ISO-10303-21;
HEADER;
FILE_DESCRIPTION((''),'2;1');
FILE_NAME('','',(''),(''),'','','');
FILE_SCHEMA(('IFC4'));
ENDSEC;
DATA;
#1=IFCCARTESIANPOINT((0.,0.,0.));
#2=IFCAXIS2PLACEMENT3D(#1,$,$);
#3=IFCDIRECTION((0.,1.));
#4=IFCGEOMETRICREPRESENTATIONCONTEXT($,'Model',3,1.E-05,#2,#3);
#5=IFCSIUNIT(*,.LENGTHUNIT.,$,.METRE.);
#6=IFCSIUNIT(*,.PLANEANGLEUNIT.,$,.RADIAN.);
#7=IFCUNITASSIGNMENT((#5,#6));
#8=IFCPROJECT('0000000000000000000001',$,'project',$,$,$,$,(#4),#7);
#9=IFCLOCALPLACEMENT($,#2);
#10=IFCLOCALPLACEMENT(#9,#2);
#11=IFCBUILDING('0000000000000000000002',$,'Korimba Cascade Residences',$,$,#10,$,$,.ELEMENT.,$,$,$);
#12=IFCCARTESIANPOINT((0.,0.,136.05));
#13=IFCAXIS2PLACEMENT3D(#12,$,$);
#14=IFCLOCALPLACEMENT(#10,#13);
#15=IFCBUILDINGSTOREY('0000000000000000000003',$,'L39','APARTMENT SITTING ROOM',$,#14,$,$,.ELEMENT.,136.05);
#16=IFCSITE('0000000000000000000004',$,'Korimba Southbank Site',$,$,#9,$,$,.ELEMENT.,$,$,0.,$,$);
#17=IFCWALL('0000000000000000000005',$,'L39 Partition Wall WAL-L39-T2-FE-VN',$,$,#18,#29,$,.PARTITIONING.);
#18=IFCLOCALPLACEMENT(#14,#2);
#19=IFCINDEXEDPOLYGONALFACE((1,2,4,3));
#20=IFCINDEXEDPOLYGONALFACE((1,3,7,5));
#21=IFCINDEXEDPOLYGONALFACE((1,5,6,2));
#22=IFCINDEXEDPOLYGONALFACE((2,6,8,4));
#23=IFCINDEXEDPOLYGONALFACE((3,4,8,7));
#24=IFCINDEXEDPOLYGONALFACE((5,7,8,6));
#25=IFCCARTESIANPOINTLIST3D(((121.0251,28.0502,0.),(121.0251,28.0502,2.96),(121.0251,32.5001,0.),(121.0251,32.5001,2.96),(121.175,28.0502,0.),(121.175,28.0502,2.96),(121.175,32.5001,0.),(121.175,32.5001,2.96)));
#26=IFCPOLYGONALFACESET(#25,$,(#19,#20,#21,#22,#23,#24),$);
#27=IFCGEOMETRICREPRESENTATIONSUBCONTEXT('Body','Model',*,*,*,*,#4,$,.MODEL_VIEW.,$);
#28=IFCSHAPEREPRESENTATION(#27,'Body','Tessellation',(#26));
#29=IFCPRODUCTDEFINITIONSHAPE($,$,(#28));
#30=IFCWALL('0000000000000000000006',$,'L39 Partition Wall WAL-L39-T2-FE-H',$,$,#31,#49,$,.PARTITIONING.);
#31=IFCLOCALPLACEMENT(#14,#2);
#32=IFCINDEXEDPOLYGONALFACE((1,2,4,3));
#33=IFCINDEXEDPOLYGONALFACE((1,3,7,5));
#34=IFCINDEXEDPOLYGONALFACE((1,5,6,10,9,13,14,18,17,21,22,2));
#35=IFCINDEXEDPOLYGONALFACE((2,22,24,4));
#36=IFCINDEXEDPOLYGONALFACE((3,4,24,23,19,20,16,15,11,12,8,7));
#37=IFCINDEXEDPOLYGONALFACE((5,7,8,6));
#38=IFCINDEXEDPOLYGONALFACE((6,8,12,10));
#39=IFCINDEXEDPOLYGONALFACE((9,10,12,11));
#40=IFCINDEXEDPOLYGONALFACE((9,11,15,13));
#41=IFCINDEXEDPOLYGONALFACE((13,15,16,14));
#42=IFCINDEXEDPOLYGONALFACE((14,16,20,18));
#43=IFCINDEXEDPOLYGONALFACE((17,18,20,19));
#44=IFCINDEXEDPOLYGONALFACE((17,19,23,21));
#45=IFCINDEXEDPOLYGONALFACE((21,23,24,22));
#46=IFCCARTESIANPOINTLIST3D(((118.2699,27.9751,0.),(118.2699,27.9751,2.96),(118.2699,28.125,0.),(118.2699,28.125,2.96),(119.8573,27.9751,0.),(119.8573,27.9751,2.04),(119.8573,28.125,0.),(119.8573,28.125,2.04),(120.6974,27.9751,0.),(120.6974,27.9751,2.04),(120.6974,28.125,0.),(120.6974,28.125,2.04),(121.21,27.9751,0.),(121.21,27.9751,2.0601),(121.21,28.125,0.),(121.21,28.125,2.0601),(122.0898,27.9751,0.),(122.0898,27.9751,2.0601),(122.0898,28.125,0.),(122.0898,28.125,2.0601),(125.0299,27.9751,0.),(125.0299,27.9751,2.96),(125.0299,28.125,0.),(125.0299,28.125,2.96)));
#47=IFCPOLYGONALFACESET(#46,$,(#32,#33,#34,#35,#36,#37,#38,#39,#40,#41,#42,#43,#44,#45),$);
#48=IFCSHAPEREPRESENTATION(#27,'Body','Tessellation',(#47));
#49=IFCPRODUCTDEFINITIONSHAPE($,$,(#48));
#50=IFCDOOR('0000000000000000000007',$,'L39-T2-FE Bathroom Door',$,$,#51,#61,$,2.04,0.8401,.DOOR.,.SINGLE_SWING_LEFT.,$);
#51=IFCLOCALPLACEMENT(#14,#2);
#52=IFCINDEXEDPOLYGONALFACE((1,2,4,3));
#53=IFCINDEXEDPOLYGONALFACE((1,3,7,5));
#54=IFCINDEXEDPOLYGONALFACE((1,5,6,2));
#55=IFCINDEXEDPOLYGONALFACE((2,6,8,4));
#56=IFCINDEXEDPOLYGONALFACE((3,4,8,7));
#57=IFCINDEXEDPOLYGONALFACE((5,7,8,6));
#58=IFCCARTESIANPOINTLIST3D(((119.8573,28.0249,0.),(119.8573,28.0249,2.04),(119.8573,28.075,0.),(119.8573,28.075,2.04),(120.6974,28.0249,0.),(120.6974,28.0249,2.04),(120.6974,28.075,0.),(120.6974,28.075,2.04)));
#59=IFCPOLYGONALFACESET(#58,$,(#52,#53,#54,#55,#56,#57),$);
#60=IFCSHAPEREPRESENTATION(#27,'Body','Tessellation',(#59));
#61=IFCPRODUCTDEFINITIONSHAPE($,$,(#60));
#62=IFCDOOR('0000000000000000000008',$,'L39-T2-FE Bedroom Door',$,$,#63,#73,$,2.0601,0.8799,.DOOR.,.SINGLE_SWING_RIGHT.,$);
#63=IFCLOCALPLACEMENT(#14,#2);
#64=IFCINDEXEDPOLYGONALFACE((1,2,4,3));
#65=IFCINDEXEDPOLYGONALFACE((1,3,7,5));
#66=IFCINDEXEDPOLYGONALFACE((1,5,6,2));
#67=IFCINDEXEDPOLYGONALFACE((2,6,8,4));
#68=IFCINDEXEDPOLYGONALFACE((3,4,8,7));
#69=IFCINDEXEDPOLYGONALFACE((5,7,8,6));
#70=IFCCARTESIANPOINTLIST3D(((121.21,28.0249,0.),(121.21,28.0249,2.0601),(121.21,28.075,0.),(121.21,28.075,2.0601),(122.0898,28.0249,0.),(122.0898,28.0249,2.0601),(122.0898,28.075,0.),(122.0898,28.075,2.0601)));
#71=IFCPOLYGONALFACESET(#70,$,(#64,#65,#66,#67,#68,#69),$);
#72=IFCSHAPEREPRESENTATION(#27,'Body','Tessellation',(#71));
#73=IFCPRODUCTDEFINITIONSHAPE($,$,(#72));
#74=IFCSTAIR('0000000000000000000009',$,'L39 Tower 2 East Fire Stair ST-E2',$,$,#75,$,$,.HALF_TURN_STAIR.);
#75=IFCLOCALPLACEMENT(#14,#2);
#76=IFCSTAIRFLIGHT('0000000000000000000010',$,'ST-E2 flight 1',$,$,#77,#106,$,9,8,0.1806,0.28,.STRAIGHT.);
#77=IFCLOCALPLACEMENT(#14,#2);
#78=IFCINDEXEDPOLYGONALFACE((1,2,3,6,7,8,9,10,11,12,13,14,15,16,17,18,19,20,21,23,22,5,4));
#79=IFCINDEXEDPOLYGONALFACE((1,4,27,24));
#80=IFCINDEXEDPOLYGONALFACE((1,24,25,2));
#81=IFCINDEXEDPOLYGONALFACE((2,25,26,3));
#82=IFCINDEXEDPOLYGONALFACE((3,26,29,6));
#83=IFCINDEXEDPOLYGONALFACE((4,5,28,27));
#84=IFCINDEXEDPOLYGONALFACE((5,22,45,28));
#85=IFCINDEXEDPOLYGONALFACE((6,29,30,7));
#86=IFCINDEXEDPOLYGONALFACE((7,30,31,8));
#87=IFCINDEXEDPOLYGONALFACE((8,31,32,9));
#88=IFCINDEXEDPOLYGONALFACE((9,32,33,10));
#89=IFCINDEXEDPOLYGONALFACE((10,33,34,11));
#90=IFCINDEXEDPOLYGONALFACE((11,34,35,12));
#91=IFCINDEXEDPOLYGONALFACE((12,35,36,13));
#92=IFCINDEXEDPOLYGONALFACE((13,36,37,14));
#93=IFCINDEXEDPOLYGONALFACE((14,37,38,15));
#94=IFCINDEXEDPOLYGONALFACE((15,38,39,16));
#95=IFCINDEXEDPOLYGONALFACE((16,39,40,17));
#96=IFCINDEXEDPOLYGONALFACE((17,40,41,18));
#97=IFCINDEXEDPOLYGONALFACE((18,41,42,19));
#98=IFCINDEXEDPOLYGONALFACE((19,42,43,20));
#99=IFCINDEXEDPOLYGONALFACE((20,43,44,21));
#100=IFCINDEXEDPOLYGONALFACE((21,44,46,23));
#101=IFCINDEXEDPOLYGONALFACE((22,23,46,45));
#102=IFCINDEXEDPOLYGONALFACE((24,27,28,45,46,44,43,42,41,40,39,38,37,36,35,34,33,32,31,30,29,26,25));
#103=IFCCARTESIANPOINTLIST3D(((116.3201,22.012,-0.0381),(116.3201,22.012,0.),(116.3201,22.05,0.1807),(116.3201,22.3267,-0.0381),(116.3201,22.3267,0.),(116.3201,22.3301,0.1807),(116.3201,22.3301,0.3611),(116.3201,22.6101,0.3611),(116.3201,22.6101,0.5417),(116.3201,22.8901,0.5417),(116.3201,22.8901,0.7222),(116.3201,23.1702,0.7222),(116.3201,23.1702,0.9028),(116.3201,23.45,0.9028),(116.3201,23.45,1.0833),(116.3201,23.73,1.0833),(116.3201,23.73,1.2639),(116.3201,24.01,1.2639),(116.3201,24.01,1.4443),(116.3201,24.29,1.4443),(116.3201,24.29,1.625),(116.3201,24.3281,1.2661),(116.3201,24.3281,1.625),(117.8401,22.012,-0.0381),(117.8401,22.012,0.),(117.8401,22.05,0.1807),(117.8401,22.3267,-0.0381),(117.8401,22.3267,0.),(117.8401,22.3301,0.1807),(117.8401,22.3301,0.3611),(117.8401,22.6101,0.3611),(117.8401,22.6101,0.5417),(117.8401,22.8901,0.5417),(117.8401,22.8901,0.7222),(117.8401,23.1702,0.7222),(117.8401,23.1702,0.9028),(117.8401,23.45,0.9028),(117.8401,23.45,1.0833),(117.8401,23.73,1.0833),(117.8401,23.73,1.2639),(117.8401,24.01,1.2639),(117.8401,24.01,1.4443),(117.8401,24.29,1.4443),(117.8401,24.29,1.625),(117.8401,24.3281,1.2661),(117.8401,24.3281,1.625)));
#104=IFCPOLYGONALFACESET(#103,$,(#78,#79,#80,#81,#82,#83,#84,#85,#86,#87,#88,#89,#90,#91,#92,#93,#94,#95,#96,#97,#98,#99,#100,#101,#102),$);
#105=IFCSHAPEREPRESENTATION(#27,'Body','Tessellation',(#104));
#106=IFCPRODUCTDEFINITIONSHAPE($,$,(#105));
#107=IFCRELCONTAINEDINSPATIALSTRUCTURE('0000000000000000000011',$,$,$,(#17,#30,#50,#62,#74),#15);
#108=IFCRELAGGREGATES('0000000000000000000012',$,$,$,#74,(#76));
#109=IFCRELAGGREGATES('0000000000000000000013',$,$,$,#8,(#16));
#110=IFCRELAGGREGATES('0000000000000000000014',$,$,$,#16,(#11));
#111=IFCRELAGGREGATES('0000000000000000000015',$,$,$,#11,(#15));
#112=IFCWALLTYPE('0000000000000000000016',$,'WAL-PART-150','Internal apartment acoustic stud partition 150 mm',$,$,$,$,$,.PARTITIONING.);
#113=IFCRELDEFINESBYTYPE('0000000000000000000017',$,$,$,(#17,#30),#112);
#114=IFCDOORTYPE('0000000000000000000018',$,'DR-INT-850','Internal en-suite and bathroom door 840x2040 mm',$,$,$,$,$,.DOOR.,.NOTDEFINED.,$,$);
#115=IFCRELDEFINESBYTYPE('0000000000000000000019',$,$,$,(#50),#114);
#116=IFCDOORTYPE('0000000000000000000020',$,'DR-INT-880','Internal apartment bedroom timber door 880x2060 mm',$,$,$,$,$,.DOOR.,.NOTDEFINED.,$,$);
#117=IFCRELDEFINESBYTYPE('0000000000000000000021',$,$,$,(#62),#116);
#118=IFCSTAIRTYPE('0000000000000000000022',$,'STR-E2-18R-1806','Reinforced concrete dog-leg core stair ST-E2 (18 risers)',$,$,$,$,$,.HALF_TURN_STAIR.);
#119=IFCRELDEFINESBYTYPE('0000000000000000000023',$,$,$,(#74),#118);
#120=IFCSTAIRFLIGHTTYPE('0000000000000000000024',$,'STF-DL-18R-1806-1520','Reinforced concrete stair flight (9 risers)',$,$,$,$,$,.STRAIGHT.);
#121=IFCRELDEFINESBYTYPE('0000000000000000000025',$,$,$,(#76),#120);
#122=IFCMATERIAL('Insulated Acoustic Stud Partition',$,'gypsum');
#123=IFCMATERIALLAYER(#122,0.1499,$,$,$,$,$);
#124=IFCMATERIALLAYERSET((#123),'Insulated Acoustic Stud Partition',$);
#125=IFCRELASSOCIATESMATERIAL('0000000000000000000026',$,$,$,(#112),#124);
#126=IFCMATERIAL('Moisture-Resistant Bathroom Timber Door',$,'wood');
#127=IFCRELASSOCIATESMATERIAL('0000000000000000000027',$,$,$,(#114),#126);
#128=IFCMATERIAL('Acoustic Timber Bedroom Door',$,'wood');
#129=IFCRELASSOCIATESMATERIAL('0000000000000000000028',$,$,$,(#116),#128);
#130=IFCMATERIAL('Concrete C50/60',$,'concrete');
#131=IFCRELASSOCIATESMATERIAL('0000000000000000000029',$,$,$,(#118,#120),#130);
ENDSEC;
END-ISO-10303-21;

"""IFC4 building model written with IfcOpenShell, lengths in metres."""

from ifc_helpers import new_model, si_unit, direction, frame, frame_2d, origin, place, context, subcontext, project, spatial, polyline, rectangle, outline, extrude, material, layer, layer_set, type_object, element, fill, aggregate, save


model = new_model("IFC4")

# Units and contexts
model_context = context("Model", 3, precision=1e-05, world=origin(), true_north=direction((0.0, 1.0)))
body_context = subcontext(model_context, "Body", "Model", "MODEL_VIEW")
ifc_project = project(units=[si_unit("LENGTHUNIT", "METRE"), si_unit("PLANEANGLEUNIT", "RADIAN")], contexts=[model_context])

# Site, building, storey
site_placement = place(None, origin())
site = spatial("IfcSite", under=ifc_project, at=site_placement, Name="Korimba Southbank Site", CompositionType="ELEMENT", RefElevation=0.0)
building_placement = place(site_placement, origin())
building = spatial("IfcBuilding", under=site, at=building_placement, Name="Korimba Cascade Residences", CompositionType="ELEMENT")
storey_placement = place(building_placement, frame((0.0, 0.0, 136.05)))
storey = spatial("IfcBuildingStorey", under=building, at=storey_placement, Name="L39", Description="APARTMENT SITTING ROOM", CompositionType="ELEMENT", Elevation=136.05)

# Shared definitions
ifc_material_1 = material(Name="Insulated Acoustic Stud Partition", Category="gypsum")
ifc_layer_1 = layer(ifc_material_1, 0.1499)
ifc_layer_set_1 = layer_set([ifc_layer_1], Name="Insulated Acoustic Stud Partition")
wall_type_1 = type_object("IfcWallType", Name="WAL-PART-150", Description="Internal apartment acoustic stud partition 150 mm", PredefinedType="PARTITIONING", material=ifc_layer_set_1)
ifc_material_2 = material(Name="Moisture-Resistant Bathroom Timber Door", Category="wood")
door_type_1 = type_object("IfcDoorType", Name="DR-INT-850", Description="Internal en-suite and bathroom door 840x2040 mm", OperationType="NOTDEFINED", PredefinedType="DOOR", material=ifc_material_2)

# Wall
wall_1_placement = place(storey_placement, frame((121.1001, 28.05, 0.0), z_axis=(0.0, 0.0, 1.0), x_axis=(0.0, 1.0, 0.0)))
element("IfcWall", 1, at=wall_1_placement, inside=storey, type_object=wall_type_1, Name="L39 Partition Wall WAL-L39-T2-FE-VN", PredefinedType="PARTITIONING", context=body_context, shape_type="SweptSolid", body=[
    extrude(rectangle(XDim=4.45, YDim=0.1499, at=frame_2d((2.2251, 0.0))), origin(), (0.0, 0.0, 1.0), 2.96),
])

# Wall, openings, doors
wall_2_placement = place(storey_placement, frame((118.27, 28.05, 0.0), z_axis=(0.0, 0.0, 1.0), x_axis=(1.0, 0.0, 0.0)))
wall_2 = element("IfcWall", 2, at=wall_2_placement, inside=storey, type_object=wall_type_1, Name="L39 Partition Wall WAL-L39-T2-FE-H", PredefinedType="PARTITIONING", context=body_context, shape_type="SweptSolid", body=[
    extrude(rectangle(XDim=6.76, YDim=0.1499, at=frame_2d((3.3799, 0.0))), origin(), (0.0, 0.0, 1.0), 2.96),
])
opening_1_placement = place(wall_2_placement, frame((1.5874, 0.0, 0.0)))
opening_1 = element("IfcOpeningElement", 3, at=opening_1_placement, cuts=wall_2, PredefinedType="OPENING", context=body_context, shape_type="SweptSolid", body=[
    extrude(rectangle(XDim=0.8401, YDim=2.04, at=frame_2d((0.4199, 1.02))), frame((0.0, 0.085, 0.0), z_axis=(0.0, -1.0, 0.0), x_axis=(1.0, 0.0, 0.0)), (0.0, 0.0, 1.0), 0.1699),
])
opening_2_placement = place(wall_2_placement, frame((2.9399, 0.0, 0.0)))
opening_2 = element("IfcOpeningElement", 4, at=opening_2_placement, cuts=wall_2, PredefinedType="OPENING", context=body_context, shape_type="SweptSolid", body=[
    extrude(rectangle(XDim=0.8799, YDim=2.0601, at=frame_2d((0.4399, 1.03))), frame((0.0, 0.085, 0.0), z_axis=(0.0, -1.0, 0.0), x_axis=(1.0, 0.0, 0.0)), (0.0, 0.0, 1.0), 0.1699),
])
door_1_placement = place(opening_1_placement, origin())
door_1 = element("IfcDoor", 5, at=door_1_placement, inside=storey, type_object=door_type_1, Name="L39-T2-FE Bathroom Door", OperationType="SINGLE_SWING_LEFT", OverallHeight=2.04, OverallWidth=0.8401, PredefinedType="DOOR", context=body_context, shape_type="SweptSolid", body=[
    extrude(rectangle(XDim=0.8401, YDim=2.04, at=frame_2d((0.4199, 1.02))), frame((0.0, 0.0249, 0.0), z_axis=(0.0, -1.0, 0.0), x_axis=(1.0, 0.0, 0.0)), (0.0, 0.0, 1.0), 0.05),
])
fill(opening_1, door_1)
ifc_material_3 = material(Name="Acoustic Timber Bedroom Door", Category="wood")
door_type_2 = type_object("IfcDoorType", Name="DR-INT-880", Description="Internal apartment bedroom timber door 880x2060 mm", OperationType="NOTDEFINED", PredefinedType="DOOR", material=ifc_material_3)
door_2_placement = place(opening_2_placement, origin())
door_2 = element("IfcDoor", 6, at=door_2_placement, inside=storey, type_object=door_type_2, Name="L39-T2-FE Bedroom Door", OperationType="SINGLE_SWING_RIGHT", OverallHeight=2.0601, OverallWidth=0.8799, PredefinedType="DOOR", context=body_context, shape_type="SweptSolid", body=[
    extrude(rectangle(XDim=0.8799, YDim=2.0601, at=frame_2d((0.4399, 1.03))), frame((0.0, 0.0249, 0.0), z_axis=(0.0, -1.0, 0.0), x_axis=(1.0, 0.0, 0.0)), (0.0, 0.0, 1.0), 0.05),
])
fill(opening_2, door_2)

# Stair, stair flight
ifc_material_4 = material(Name="Concrete C50/60", Category="concrete")
stair_type = type_object("IfcStairType", Name="STR-E2-18R-1806", Description="Reinforced concrete dog-leg core stair ST-E2 (18 risers)", PredefinedType="HALF_TURN_STAIR", material=ifc_material_4)
stair_placement = place(storey_placement, origin())
stair = element("IfcStair", 7, at=stair_placement, inside=storey, type_object=stair_type, Name="L39 Tower 2 East Fire Stair ST-E2", PredefinedType="HALF_TURN_STAIR")
stair_flight_type = type_object("IfcStairFlightType", Name="STF-DL-18R-1806-1520", Description="Reinforced concrete stair flight (9 risers)", PredefinedType="STRAIGHT", material=ifc_material_4)
stair_flight_placement = place(storey_placement, frame((117.0801, 22.05, 0.0), z_axis=(0.0, 0.0, 1.0), x_axis=(0.0, 1.0, 0.0)))
stair_flight = element("IfcStairFlight", 8, at=stair_flight_placement, type_object=stair_flight_type, Name="ST-E2 flight 1", NumberOfRisers=9, NumberOfTreads=8, PredefinedType="STRAIGHT", RiserHeight=0.1806, TreadLength=0.28, context=body_context, shape_type="SweptSolid", body=[
    extrude(outline(polyline([(-0.0381, 0.0), (0.0, 0.1807), (0.28, 0.1807), (0.28, 0.3611), (0.5601, 0.3611), (0.5601, 0.5417), (0.8401, 0.5417), (0.8401, 0.7222), (1.1201, 0.7222), (1.1201, 0.9028), (1.3999, 0.9028), (1.3999, 1.0833), (1.6799, 1.0833), (1.6799, 1.2639), (1.96, 1.2639), (1.96, 1.4443), (2.24, 1.4443), (2.24, 1.625), (2.2781, 1.625), (2.2781, 1.2661), (0.2766, 0.0), (0.2766, -0.0381), (-0.0381, -0.0381), (-0.0381, 0.0)])), frame((0.0, 0.76, 0.0), z_axis=(0.0, -1.0, 0.0), x_axis=(1.0, 0.0, 0.0)), (0.0, 0.0, 1.0), 1.52),
])
aggregate(stair, [stair_flight])

save(model, "model.ifc")
